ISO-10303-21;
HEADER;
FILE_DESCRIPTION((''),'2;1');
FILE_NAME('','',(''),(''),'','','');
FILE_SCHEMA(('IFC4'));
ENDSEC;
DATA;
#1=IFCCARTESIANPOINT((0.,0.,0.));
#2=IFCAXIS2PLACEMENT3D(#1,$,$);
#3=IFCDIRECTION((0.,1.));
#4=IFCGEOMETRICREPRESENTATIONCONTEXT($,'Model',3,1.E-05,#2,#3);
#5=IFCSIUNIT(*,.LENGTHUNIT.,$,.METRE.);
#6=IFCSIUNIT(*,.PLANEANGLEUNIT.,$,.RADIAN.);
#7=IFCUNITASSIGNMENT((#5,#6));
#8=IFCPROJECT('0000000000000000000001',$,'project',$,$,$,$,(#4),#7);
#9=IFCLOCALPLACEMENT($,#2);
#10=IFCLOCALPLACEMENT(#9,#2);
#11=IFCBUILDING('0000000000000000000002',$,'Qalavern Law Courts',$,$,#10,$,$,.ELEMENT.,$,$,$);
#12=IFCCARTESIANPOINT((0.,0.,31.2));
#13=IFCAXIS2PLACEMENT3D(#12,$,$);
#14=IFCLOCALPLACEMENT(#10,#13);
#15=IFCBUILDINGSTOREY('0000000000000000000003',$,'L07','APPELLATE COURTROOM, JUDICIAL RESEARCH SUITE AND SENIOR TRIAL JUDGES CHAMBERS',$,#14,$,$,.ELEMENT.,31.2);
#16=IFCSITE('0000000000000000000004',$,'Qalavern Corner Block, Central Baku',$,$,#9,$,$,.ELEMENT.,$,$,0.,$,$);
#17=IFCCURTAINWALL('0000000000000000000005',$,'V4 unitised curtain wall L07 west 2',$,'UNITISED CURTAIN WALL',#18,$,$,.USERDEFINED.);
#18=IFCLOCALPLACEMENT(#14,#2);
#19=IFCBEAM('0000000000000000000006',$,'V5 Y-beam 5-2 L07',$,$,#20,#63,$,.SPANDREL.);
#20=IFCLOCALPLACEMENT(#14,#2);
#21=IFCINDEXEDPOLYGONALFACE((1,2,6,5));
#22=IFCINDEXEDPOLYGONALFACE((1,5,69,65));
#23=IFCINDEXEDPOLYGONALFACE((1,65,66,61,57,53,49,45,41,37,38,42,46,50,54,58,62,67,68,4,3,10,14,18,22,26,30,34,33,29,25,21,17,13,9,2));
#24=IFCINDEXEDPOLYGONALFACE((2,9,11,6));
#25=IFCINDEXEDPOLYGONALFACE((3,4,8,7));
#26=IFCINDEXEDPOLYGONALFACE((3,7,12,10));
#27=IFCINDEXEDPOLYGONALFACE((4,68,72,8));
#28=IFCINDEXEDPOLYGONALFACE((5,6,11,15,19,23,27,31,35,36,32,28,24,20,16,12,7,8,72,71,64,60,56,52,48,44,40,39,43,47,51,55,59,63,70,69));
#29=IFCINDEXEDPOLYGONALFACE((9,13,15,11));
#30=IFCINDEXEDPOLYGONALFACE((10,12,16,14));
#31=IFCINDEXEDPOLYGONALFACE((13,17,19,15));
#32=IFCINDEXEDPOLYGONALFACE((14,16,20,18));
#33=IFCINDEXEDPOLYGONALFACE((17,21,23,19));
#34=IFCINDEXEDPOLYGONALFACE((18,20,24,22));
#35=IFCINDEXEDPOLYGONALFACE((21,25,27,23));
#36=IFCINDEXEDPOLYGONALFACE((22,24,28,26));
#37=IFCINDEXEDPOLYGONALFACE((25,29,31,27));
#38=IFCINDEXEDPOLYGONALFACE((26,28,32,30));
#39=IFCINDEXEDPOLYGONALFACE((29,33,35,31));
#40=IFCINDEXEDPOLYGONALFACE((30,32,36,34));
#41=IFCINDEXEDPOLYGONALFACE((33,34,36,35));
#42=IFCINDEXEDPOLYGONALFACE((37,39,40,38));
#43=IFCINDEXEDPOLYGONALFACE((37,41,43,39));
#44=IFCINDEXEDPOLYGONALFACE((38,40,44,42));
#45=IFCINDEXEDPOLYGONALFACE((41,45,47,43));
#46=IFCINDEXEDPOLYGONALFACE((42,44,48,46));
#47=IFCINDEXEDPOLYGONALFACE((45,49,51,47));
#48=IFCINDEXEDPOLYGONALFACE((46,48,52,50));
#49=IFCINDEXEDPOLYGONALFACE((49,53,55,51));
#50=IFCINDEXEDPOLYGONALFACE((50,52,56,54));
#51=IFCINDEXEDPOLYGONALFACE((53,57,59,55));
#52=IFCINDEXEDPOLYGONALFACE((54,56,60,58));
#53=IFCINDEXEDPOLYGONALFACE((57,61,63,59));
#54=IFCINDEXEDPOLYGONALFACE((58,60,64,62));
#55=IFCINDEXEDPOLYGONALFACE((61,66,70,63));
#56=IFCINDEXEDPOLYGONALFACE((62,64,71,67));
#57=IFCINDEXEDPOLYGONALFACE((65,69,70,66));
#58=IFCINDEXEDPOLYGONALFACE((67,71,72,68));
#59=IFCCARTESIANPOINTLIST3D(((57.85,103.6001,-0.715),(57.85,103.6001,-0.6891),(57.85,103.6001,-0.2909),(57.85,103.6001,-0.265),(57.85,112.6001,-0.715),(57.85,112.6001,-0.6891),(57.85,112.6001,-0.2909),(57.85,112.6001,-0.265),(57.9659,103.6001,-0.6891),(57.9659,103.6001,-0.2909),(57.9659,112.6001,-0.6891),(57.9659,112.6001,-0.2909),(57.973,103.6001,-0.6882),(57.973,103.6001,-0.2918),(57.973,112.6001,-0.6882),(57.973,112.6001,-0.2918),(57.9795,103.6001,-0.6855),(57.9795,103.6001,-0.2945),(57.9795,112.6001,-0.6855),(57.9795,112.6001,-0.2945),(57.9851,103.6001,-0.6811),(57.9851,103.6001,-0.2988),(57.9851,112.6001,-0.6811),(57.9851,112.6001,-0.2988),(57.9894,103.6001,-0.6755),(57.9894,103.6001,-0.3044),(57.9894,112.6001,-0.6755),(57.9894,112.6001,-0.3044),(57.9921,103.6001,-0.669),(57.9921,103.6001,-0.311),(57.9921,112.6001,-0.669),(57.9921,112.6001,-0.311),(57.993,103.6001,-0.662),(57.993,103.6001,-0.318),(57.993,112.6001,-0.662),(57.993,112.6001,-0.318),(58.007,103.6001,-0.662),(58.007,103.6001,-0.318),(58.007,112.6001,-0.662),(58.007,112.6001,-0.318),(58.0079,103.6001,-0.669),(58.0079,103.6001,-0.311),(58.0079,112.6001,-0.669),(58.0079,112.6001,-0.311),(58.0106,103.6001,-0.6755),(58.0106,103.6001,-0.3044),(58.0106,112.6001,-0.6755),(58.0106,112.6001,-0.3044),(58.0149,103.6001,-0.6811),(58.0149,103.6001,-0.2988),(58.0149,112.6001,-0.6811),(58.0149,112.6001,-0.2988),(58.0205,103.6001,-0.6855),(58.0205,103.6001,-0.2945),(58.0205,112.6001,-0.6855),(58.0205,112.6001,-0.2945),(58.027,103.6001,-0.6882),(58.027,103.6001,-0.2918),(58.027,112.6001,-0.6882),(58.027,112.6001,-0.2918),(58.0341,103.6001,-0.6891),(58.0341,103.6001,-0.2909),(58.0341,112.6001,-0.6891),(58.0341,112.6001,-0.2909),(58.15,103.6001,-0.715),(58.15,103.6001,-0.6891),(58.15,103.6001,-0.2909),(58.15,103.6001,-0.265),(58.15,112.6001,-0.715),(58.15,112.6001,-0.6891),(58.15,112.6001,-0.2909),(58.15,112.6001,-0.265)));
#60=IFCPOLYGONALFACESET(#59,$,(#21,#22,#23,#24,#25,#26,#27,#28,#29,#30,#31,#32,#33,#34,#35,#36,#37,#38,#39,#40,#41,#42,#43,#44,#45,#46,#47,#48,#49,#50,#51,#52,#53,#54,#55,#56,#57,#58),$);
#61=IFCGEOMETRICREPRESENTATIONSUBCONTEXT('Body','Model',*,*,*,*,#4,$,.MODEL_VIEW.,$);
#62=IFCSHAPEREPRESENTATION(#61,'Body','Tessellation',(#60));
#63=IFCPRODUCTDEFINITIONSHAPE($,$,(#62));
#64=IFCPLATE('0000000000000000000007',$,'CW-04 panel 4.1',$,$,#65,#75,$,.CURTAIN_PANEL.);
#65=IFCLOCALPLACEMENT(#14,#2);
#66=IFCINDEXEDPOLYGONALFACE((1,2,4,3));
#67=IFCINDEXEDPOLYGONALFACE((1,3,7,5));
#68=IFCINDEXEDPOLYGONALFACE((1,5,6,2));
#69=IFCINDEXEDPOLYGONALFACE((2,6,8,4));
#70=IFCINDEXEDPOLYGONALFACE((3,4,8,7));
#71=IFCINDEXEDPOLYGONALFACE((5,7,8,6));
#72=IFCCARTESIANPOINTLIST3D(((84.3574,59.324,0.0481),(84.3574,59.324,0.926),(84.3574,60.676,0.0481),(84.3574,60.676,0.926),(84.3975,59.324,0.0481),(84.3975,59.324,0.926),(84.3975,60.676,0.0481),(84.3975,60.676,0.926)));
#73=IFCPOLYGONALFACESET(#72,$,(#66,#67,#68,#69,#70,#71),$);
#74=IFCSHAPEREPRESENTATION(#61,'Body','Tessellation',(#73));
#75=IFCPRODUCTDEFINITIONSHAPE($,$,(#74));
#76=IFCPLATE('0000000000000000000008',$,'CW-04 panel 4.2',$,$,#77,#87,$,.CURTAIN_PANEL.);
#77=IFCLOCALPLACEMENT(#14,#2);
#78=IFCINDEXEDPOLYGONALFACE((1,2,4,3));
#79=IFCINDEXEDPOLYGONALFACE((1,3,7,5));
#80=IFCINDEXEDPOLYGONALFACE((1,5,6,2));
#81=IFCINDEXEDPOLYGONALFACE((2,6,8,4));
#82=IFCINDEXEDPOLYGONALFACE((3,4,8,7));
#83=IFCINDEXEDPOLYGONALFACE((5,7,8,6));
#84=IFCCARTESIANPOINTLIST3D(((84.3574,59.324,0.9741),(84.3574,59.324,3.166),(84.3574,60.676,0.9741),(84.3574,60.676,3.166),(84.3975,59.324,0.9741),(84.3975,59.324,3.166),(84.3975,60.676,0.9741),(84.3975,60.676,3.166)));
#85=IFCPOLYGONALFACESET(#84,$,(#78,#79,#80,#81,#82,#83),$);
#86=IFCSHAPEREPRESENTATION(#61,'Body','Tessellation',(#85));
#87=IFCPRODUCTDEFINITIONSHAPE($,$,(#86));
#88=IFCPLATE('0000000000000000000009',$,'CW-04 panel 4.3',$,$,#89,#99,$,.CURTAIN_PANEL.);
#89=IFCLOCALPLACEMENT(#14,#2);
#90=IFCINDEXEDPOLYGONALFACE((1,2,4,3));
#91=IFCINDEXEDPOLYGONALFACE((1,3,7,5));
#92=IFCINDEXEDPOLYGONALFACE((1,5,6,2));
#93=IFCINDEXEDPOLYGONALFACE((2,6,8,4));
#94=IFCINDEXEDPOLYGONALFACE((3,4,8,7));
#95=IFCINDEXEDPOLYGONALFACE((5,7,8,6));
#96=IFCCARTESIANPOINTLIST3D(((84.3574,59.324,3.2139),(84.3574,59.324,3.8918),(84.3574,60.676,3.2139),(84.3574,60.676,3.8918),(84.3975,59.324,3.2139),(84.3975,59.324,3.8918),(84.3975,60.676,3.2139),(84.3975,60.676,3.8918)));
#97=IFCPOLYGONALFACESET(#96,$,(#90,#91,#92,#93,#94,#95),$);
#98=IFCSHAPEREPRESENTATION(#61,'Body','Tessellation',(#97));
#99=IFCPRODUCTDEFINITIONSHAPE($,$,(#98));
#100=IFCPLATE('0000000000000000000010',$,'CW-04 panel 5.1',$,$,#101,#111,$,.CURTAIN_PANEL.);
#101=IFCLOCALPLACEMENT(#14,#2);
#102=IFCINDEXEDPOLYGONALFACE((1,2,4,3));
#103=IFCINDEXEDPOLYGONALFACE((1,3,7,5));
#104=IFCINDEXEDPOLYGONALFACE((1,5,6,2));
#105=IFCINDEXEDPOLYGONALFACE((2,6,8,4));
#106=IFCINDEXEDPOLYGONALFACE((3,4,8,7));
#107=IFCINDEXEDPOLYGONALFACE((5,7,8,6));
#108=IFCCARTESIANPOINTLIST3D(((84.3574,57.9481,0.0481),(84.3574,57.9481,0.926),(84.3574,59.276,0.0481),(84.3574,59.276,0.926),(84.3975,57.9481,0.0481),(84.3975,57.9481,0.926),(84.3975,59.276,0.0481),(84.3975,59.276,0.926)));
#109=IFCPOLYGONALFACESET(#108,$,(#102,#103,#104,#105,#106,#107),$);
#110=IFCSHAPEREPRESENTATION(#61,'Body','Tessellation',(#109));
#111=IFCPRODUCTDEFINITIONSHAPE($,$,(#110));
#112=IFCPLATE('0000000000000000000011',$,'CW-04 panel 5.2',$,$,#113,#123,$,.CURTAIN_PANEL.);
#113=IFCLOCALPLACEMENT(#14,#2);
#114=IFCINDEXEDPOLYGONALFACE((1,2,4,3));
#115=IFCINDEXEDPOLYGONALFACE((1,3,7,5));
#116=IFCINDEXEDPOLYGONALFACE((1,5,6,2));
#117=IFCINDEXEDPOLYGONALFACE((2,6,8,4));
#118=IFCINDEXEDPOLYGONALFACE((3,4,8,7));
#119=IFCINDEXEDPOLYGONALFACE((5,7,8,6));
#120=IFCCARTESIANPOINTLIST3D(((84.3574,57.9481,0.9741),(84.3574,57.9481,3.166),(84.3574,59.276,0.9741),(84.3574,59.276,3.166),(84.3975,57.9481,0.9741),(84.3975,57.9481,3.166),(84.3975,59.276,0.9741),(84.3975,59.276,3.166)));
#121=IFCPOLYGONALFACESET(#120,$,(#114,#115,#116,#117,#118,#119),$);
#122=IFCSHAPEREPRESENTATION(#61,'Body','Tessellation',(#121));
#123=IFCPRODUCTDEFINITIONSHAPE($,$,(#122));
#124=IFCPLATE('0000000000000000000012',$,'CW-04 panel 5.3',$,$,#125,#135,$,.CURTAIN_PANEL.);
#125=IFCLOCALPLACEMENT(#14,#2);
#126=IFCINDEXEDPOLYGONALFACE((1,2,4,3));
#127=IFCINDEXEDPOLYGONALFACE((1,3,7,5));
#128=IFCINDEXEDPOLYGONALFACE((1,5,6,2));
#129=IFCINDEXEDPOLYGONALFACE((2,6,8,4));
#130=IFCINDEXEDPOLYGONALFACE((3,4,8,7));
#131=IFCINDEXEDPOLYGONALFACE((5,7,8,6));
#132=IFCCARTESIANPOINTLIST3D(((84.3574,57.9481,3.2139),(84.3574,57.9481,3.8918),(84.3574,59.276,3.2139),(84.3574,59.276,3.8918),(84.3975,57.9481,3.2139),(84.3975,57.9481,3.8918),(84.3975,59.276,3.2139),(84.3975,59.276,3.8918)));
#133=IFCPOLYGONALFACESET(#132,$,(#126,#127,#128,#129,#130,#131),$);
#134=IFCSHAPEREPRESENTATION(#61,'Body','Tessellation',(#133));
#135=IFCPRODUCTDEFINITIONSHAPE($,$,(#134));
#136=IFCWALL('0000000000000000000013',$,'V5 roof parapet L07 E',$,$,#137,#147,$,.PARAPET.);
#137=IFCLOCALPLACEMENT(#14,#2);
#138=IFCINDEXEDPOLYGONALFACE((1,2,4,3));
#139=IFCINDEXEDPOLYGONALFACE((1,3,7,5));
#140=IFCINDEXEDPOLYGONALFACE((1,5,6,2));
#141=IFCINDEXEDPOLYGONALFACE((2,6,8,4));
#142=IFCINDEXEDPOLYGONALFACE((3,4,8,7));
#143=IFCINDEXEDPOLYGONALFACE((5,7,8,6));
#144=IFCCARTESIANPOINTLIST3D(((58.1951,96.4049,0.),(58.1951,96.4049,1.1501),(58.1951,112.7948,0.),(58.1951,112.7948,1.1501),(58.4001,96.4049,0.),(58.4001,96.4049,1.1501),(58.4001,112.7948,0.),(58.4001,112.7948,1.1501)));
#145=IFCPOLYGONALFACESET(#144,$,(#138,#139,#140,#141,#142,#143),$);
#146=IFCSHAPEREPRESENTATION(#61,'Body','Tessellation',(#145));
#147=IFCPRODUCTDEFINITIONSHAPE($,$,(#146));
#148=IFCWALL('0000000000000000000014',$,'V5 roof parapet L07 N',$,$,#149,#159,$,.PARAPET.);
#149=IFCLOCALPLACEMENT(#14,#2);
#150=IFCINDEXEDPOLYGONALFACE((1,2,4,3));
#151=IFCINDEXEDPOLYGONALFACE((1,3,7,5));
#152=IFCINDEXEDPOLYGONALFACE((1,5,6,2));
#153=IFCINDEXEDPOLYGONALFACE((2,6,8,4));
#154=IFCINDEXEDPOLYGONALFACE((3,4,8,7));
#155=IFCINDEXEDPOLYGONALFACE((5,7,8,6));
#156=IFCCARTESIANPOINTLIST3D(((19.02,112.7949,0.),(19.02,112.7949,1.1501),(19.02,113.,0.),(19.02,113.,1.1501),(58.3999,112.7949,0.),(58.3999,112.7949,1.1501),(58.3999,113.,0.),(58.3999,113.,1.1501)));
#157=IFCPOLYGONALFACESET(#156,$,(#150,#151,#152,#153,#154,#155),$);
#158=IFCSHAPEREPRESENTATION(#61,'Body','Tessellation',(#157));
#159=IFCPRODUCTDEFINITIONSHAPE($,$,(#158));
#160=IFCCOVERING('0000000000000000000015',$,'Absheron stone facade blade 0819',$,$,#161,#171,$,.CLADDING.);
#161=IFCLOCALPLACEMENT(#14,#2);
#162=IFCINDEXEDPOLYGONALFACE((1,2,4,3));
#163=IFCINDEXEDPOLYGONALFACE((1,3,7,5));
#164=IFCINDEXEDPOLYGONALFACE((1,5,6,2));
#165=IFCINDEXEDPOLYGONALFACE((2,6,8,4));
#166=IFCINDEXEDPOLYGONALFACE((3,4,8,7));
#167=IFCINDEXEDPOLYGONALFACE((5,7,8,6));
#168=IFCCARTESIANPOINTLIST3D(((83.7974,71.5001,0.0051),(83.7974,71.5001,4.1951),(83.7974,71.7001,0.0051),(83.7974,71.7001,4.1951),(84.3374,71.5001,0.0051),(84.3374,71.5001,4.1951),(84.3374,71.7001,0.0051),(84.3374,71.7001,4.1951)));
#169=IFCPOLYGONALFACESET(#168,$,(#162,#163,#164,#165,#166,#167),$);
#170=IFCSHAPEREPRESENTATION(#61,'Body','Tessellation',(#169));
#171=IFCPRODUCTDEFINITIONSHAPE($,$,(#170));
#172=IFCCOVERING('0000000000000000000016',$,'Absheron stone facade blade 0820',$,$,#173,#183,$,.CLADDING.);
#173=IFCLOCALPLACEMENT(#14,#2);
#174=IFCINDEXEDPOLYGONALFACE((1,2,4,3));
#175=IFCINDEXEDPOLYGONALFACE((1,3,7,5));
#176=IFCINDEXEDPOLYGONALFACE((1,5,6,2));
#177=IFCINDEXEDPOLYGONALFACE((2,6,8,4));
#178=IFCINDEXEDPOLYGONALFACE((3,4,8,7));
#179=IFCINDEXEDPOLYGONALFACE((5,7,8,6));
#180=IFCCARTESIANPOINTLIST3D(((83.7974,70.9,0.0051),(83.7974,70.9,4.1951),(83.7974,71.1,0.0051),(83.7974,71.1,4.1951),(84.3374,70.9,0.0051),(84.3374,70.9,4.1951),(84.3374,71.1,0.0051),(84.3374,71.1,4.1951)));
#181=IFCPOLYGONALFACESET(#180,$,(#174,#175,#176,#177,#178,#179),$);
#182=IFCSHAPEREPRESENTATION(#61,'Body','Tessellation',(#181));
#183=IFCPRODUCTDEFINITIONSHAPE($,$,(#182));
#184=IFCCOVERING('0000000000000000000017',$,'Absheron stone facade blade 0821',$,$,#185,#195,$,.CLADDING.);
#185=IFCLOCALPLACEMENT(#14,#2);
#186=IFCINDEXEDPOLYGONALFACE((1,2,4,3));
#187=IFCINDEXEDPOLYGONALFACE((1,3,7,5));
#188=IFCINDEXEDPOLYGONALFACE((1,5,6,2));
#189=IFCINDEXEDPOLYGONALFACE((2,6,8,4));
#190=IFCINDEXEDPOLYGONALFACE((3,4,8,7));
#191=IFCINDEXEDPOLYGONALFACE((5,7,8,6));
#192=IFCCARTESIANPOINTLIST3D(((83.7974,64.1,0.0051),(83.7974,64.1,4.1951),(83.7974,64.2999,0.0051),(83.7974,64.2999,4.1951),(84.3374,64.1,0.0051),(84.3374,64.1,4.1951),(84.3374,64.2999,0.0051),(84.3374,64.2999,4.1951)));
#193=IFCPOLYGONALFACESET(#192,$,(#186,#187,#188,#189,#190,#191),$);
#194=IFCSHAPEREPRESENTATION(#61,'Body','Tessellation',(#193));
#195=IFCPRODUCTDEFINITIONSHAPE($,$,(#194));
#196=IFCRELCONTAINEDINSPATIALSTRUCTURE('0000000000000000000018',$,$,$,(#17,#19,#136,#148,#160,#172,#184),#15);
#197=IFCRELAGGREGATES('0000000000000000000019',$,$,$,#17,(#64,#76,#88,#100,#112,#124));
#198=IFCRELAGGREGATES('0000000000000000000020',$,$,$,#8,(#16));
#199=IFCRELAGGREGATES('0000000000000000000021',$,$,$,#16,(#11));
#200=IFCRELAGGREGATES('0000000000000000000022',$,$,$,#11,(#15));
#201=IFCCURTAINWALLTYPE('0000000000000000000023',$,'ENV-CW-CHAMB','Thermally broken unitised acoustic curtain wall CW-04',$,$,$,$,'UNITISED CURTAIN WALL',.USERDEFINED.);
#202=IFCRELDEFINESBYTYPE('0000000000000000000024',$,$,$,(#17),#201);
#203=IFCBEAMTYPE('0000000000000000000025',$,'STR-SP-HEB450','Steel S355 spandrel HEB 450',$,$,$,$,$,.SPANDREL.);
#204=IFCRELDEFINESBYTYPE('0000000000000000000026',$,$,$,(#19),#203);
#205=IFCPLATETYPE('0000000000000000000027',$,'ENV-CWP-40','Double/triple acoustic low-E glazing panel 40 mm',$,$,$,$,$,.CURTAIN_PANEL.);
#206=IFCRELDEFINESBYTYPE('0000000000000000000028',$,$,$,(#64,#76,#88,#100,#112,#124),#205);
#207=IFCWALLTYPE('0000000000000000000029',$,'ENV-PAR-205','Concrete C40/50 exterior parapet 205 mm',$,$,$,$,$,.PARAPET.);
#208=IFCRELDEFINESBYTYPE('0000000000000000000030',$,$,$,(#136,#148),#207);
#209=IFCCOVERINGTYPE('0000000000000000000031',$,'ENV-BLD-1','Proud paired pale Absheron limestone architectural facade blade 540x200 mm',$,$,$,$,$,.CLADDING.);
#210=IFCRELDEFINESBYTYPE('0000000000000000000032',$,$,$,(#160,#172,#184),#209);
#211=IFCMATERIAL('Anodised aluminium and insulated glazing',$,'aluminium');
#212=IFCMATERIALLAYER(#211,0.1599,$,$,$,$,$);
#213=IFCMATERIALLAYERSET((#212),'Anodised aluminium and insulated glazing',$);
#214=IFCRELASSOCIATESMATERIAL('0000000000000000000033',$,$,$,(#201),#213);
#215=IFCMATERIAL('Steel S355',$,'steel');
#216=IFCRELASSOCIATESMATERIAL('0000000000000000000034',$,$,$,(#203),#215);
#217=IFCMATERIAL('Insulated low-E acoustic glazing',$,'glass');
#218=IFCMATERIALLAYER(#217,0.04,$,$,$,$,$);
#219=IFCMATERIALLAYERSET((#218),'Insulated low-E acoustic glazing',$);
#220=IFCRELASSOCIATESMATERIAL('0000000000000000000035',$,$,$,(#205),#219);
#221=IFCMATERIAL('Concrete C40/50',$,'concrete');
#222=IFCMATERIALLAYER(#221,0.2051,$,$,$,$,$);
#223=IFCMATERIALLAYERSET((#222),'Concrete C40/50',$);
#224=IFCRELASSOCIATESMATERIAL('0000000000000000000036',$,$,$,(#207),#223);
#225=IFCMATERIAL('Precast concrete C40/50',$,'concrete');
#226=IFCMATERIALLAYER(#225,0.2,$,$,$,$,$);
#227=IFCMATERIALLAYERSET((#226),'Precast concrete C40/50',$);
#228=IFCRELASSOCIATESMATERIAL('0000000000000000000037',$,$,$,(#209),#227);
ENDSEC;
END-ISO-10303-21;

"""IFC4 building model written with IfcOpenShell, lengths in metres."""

from ifc_helpers import new_model, si_unit, direction, frame, frame_2d, origin, origin_2d, place, context, subcontext, project, spatial, rectangle, i_section, extrude, material, layer, layer_set, material_profile, profile_set, type_object, element, aggregate, save


model = new_model("IFC4")

# Units and contexts
model_context = context("Model", 3, precision=1e-05, world=origin(), true_north=direction((0.0, 1.0)))
body_context = subcontext(model_context, "Body", "Model", "MODEL_VIEW")
ifc_project = project(units=[si_unit("LENGTHUNIT", "METRE"), si_unit("PLANEANGLEUNIT", "RADIAN")], contexts=[model_context])

# Site, building, storey
site_placement = place(None, origin())
site = spatial("IfcSite", under=ifc_project, at=site_placement, Name="Qalavern Corner Block, Central Baku", CompositionType="ELEMENT", RefElevation=0.0)
building_placement = place(site_placement, origin())
building = spatial("IfcBuilding", under=site, at=building_placement, Name="Qalavern Law Courts", CompositionType="ELEMENT")
storey_placement = place(building_placement, frame((0.0, 0.0, 31.2)))
storey = spatial("IfcBuildingStorey", under=building, at=storey_placement, Name="L07", Description="APPELLATE COURTROOM, JUDICIAL RESEARCH SUITE AND SENIOR TRIAL JUDGES CHAMBERS", CompositionType="ELEMENT", Elevation=31.2)

# Curtain wall
ifc_material_1 = material(Name="Anodised aluminium and insulated glazing", Category="aluminium")
ifc_layer_1 = layer(ifc_material_1, 0.1599)
ifc_layer_set_1 = layer_set([ifc_layer_1], Name="Anodised aluminium and insulated glazing")
curtain_wall_type = type_object("IfcCurtainWallType", Name="ENV-CW-CHAMB", Description="Thermally broken unitised acoustic curtain wall CW-04", ElementType="UNITISED CURTAIN WALL", PredefinedType="USERDEFINED", material=ifc_layer_set_1)
curtain_wall_placement = place(storey_placement, origin())
curtain_wall = element("IfcCurtainWall", 1, at=curtain_wall_placement, inside=storey, type_object=curtain_wall_type, Name="V4 unitised curtain wall L07 west 2", ObjectType="UNITISED CURTAIN WALL", PredefinedType="USERDEFINED")

# Beam
ifc_material_2 = material(Name="Steel S355", Category="steel")
ifc_material_profile_1 = material_profile(ifc_material_2, i_section(OverallWidth=0.3, OverallDepth=0.45, WebThickness=0.0139, FlangeThickness=0.0259, FilletRadius=0.0271, at=origin_2d()), Name="HEB 450")
ifc_profile_set_1 = profile_set([ifc_material_profile_1], Name="Steel S355")
beam_type = type_object("IfcBeamType", Name="STR-SP-HEB450", Description="Steel S355 spandrel HEB 450", PredefinedType="SPANDREL", material=ifc_profile_set_1)
beam_1_placement = place(storey_placement, frame((58.0, 103.6001, -0.49), z_axis=(0.0, 1.0, 0.0), x_axis=(-1.0, 0.0, 0.0)))
element("IfcBeam", 2, at=beam_1_placement, inside=storey, type_object=beam_type, Name="V5 Y-beam 5-2 L07", PredefinedType="SPANDREL", context=body_context, shape_type="SweptSolid", body=[
    extrude(i_section(OverallWidth=0.3, OverallDepth=0.45, WebThickness=0.0139, FlangeThickness=0.0259, FilletRadius=0.0271, at=origin_2d()), origin(), (0.0, 0.0, 1.0), 9.0),
])

# Plates
ifc_material_3 = material(Name="Insulated low-E acoustic glazing", Category="glass")
ifc_layer_2 = layer(ifc_material_3, 0.04)
ifc_layer_set_2 = layer_set([ifc_layer_2], Name="Insulated low-E acoustic glazing")
plate_type = type_object("IfcPlateType", Name="ENV-CWP-40", Description="Double/triple acoustic low-E glazing panel 40 mm", PredefinedType="CURTAIN_PANEL", material=ifc_layer_set_2)
plate_1_placement = place(storey_placement, frame((84.3774, 60.0, 0.0481), z_axis=(0.0, 0.0, 1.0), x_axis=(0.0, -1.0, 0.0)))
plate_1 = element("IfcPlate", 3, at=plate_1_placement, type_object=plate_type, Name="CW-04 panel 4.1", PredefinedType="CURTAIN_PANEL", context=body_context, shape_type="SweptSolid", body=[
    extrude(rectangle(XDim=1.3521, YDim=0.04, at=origin_2d()), origin(), (0.0, 0.0, 1.0), 0.8779),
])
plate_2_placement = place(storey_placement, frame((84.3774, 60.0, 0.9741), z_axis=(0.0, 0.0, 1.0), x_axis=(0.0, -1.0, 0.0)))
plate_2 = element("IfcPlate", 4, at=plate_2_placement, type_object=plate_type, Name="CW-04 panel 4.2", PredefinedType="CURTAIN_PANEL", context=body_context, shape_type="SweptSolid", body=[
    extrude(rectangle(XDim=1.3521, YDim=0.04, at=origin_2d()), origin(), (0.0, 0.0, 1.0), 2.1919),
])
plate_3_placement = place(storey_placement, frame((84.3774, 60.0, 3.2139), z_axis=(0.0, 0.0, 1.0), x_axis=(0.0, -1.0, 0.0)))
plate_3 = element("IfcPlate", 5, at=plate_3_placement, type_object=plate_type, Name="CW-04 panel 4.3", PredefinedType="CURTAIN_PANEL", context=body_context, shape_type="SweptSolid", body=[
    extrude(rectangle(XDim=1.3521, YDim=0.04, at=origin_2d()), origin(), (0.0, 0.0, 1.0), 0.678),
])
plate_4_placement = place(storey_placement, frame((84.3774, 58.6121, 0.0481), z_axis=(0.0, 0.0, 1.0), x_axis=(0.0, -1.0, 0.0)))
plate_4 = element("IfcPlate", 6, at=plate_4_placement, type_object=plate_type, Name="CW-04 panel 5.1", PredefinedType="CURTAIN_PANEL", context=body_context, shape_type="SweptSolid", body=[
    extrude(rectangle(XDim=1.3279, YDim=0.04, at=origin_2d()), origin(), (0.0, 0.0, 1.0), 0.8779),
])
plate_5_placement = place(storey_placement, frame((84.3774, 58.6121, 0.9741), z_axis=(0.0, 0.0, 1.0), x_axis=(0.0, -1.0, 0.0)))
plate_5 = element("IfcPlate", 7, at=plate_5_placement, type_object=plate_type, Name="CW-04 panel 5.2", PredefinedType="CURTAIN_PANEL", context=body_context, shape_type="SweptSolid", body=[
    extrude(rectangle(XDim=1.3279, YDim=0.04, at=origin_2d()), origin(), (0.0, 0.0, 1.0), 2.1919),
])
plate_6_placement = place(storey_placement, frame((84.3774, 58.6121, 3.2139), z_axis=(0.0, 0.0, 1.0), x_axis=(0.0, -1.0, 0.0)))
plate_6 = element("IfcPlate", 8, at=plate_6_placement, type_object=plate_type, Name="CW-04 panel 5.3", PredefinedType="CURTAIN_PANEL", context=body_context, shape_type="SweptSolid", body=[
    extrude(rectangle(XDim=1.3279, YDim=0.04, at=origin_2d()), origin(), (0.0, 0.0, 1.0), 0.678),
])
aggregate(curtain_wall, [plate_1, plate_2, plate_3, plate_4, plate_5, plate_6])

# Walls
ifc_material_4 = material(Name="Concrete C40/50", Category="concrete")
ifc_layer_3 = layer(ifc_material_4, 0.2051)
ifc_layer_set_3 = layer_set([ifc_layer_3], Name="Concrete C40/50")
wall_type = type_object("IfcWallType", Name="ENV-PAR-205", Description="Concrete C40/50 exterior parapet 205 mm", PredefinedType="PARAPET", material=ifc_layer_set_3)
wall_1_placement = place(storey_placement, frame((58.2976, 96.405, 0.0), z_axis=(0.0, 0.0, 1.0), x_axis=(0.0, 1.0, 0.0)))
element("IfcWall", 9, at=wall_1_placement, inside=storey, type_object=wall_type, Name="V5 roof parapet L07 E", PredefinedType="PARAPET", context=body_context, shape_type="SweptSolid", body=[
    extrude(rectangle(XDim=16.3899, YDim=0.2051, at=frame_2d((8.1948, 0.0))), origin(), (0.0, 0.0, 1.0), 1.1501),
])
wall_2_placement = place(storey_placement, frame((58.3999, 112.8975, 0.0), z_axis=(0.0, 0.0, 1.0), x_axis=(-1.0, 0.0, 0.0)))
element("IfcWall", 10, at=wall_2_placement, inside=storey, type_object=wall_type, Name="V5 roof parapet L07 N", PredefinedType="PARAPET", context=body_context, shape_type="SweptSolid", body=[
    extrude(rectangle(XDim=39.3799, YDim=0.2051, at=frame_2d((19.6899, 0.0))), origin(), (0.0, 0.0, 1.0), 1.1501),
])

# Coverings
ifc_material_5 = material(Name="Precast concrete C40/50", Category="concrete")
ifc_layer_4 = layer(ifc_material_5, 0.2)
ifc_layer_set_4 = layer_set([ifc_layer_4], Name="Precast concrete C40/50")
covering_type_1 = type_object("IfcCoveringType", Name="ENV-BLD-1", Description="Proud paired pale Absheron limestone architectural facade blade 540x200 mm", PredefinedType="CLADDING", material=ifc_layer_set_4)
for number, where, z_axis, x_axis, name in (
    (11, (84.0674, 71.6001, 0.0051), (0.0, 0.0, 1.0), (-1.0, 0.0, 0.0), "Absheron stone facade blade 0819"),
    (12, (84.0674, 71.0, 0.0051), (0.0, 0.0, 1.0), (-1.0, 0.0, 0.0), "Absheron stone facade blade 0820"),
    (13, (84.0674, 64.2, 0.0051), (0.0, 0.0, 1.0), (-1.0, 0.0, 0.0), "Absheron stone facade blade 0821"),
):
    element("IfcCovering", number, at=place(storey_placement, frame(where, z_axis=z_axis, x_axis=x_axis)), inside=storey, type_object=covering_type_1, Name=name, PredefinedType="CLADDING", context=body_context, shape_type="SweptSolid", body=[
        extrude(rectangle(XDim=0.54, YDim=0.2, at=origin_2d()), origin(), (0.0, 0.0, 1.0), 4.1899),
    ])

save(model, "model.ifc")
